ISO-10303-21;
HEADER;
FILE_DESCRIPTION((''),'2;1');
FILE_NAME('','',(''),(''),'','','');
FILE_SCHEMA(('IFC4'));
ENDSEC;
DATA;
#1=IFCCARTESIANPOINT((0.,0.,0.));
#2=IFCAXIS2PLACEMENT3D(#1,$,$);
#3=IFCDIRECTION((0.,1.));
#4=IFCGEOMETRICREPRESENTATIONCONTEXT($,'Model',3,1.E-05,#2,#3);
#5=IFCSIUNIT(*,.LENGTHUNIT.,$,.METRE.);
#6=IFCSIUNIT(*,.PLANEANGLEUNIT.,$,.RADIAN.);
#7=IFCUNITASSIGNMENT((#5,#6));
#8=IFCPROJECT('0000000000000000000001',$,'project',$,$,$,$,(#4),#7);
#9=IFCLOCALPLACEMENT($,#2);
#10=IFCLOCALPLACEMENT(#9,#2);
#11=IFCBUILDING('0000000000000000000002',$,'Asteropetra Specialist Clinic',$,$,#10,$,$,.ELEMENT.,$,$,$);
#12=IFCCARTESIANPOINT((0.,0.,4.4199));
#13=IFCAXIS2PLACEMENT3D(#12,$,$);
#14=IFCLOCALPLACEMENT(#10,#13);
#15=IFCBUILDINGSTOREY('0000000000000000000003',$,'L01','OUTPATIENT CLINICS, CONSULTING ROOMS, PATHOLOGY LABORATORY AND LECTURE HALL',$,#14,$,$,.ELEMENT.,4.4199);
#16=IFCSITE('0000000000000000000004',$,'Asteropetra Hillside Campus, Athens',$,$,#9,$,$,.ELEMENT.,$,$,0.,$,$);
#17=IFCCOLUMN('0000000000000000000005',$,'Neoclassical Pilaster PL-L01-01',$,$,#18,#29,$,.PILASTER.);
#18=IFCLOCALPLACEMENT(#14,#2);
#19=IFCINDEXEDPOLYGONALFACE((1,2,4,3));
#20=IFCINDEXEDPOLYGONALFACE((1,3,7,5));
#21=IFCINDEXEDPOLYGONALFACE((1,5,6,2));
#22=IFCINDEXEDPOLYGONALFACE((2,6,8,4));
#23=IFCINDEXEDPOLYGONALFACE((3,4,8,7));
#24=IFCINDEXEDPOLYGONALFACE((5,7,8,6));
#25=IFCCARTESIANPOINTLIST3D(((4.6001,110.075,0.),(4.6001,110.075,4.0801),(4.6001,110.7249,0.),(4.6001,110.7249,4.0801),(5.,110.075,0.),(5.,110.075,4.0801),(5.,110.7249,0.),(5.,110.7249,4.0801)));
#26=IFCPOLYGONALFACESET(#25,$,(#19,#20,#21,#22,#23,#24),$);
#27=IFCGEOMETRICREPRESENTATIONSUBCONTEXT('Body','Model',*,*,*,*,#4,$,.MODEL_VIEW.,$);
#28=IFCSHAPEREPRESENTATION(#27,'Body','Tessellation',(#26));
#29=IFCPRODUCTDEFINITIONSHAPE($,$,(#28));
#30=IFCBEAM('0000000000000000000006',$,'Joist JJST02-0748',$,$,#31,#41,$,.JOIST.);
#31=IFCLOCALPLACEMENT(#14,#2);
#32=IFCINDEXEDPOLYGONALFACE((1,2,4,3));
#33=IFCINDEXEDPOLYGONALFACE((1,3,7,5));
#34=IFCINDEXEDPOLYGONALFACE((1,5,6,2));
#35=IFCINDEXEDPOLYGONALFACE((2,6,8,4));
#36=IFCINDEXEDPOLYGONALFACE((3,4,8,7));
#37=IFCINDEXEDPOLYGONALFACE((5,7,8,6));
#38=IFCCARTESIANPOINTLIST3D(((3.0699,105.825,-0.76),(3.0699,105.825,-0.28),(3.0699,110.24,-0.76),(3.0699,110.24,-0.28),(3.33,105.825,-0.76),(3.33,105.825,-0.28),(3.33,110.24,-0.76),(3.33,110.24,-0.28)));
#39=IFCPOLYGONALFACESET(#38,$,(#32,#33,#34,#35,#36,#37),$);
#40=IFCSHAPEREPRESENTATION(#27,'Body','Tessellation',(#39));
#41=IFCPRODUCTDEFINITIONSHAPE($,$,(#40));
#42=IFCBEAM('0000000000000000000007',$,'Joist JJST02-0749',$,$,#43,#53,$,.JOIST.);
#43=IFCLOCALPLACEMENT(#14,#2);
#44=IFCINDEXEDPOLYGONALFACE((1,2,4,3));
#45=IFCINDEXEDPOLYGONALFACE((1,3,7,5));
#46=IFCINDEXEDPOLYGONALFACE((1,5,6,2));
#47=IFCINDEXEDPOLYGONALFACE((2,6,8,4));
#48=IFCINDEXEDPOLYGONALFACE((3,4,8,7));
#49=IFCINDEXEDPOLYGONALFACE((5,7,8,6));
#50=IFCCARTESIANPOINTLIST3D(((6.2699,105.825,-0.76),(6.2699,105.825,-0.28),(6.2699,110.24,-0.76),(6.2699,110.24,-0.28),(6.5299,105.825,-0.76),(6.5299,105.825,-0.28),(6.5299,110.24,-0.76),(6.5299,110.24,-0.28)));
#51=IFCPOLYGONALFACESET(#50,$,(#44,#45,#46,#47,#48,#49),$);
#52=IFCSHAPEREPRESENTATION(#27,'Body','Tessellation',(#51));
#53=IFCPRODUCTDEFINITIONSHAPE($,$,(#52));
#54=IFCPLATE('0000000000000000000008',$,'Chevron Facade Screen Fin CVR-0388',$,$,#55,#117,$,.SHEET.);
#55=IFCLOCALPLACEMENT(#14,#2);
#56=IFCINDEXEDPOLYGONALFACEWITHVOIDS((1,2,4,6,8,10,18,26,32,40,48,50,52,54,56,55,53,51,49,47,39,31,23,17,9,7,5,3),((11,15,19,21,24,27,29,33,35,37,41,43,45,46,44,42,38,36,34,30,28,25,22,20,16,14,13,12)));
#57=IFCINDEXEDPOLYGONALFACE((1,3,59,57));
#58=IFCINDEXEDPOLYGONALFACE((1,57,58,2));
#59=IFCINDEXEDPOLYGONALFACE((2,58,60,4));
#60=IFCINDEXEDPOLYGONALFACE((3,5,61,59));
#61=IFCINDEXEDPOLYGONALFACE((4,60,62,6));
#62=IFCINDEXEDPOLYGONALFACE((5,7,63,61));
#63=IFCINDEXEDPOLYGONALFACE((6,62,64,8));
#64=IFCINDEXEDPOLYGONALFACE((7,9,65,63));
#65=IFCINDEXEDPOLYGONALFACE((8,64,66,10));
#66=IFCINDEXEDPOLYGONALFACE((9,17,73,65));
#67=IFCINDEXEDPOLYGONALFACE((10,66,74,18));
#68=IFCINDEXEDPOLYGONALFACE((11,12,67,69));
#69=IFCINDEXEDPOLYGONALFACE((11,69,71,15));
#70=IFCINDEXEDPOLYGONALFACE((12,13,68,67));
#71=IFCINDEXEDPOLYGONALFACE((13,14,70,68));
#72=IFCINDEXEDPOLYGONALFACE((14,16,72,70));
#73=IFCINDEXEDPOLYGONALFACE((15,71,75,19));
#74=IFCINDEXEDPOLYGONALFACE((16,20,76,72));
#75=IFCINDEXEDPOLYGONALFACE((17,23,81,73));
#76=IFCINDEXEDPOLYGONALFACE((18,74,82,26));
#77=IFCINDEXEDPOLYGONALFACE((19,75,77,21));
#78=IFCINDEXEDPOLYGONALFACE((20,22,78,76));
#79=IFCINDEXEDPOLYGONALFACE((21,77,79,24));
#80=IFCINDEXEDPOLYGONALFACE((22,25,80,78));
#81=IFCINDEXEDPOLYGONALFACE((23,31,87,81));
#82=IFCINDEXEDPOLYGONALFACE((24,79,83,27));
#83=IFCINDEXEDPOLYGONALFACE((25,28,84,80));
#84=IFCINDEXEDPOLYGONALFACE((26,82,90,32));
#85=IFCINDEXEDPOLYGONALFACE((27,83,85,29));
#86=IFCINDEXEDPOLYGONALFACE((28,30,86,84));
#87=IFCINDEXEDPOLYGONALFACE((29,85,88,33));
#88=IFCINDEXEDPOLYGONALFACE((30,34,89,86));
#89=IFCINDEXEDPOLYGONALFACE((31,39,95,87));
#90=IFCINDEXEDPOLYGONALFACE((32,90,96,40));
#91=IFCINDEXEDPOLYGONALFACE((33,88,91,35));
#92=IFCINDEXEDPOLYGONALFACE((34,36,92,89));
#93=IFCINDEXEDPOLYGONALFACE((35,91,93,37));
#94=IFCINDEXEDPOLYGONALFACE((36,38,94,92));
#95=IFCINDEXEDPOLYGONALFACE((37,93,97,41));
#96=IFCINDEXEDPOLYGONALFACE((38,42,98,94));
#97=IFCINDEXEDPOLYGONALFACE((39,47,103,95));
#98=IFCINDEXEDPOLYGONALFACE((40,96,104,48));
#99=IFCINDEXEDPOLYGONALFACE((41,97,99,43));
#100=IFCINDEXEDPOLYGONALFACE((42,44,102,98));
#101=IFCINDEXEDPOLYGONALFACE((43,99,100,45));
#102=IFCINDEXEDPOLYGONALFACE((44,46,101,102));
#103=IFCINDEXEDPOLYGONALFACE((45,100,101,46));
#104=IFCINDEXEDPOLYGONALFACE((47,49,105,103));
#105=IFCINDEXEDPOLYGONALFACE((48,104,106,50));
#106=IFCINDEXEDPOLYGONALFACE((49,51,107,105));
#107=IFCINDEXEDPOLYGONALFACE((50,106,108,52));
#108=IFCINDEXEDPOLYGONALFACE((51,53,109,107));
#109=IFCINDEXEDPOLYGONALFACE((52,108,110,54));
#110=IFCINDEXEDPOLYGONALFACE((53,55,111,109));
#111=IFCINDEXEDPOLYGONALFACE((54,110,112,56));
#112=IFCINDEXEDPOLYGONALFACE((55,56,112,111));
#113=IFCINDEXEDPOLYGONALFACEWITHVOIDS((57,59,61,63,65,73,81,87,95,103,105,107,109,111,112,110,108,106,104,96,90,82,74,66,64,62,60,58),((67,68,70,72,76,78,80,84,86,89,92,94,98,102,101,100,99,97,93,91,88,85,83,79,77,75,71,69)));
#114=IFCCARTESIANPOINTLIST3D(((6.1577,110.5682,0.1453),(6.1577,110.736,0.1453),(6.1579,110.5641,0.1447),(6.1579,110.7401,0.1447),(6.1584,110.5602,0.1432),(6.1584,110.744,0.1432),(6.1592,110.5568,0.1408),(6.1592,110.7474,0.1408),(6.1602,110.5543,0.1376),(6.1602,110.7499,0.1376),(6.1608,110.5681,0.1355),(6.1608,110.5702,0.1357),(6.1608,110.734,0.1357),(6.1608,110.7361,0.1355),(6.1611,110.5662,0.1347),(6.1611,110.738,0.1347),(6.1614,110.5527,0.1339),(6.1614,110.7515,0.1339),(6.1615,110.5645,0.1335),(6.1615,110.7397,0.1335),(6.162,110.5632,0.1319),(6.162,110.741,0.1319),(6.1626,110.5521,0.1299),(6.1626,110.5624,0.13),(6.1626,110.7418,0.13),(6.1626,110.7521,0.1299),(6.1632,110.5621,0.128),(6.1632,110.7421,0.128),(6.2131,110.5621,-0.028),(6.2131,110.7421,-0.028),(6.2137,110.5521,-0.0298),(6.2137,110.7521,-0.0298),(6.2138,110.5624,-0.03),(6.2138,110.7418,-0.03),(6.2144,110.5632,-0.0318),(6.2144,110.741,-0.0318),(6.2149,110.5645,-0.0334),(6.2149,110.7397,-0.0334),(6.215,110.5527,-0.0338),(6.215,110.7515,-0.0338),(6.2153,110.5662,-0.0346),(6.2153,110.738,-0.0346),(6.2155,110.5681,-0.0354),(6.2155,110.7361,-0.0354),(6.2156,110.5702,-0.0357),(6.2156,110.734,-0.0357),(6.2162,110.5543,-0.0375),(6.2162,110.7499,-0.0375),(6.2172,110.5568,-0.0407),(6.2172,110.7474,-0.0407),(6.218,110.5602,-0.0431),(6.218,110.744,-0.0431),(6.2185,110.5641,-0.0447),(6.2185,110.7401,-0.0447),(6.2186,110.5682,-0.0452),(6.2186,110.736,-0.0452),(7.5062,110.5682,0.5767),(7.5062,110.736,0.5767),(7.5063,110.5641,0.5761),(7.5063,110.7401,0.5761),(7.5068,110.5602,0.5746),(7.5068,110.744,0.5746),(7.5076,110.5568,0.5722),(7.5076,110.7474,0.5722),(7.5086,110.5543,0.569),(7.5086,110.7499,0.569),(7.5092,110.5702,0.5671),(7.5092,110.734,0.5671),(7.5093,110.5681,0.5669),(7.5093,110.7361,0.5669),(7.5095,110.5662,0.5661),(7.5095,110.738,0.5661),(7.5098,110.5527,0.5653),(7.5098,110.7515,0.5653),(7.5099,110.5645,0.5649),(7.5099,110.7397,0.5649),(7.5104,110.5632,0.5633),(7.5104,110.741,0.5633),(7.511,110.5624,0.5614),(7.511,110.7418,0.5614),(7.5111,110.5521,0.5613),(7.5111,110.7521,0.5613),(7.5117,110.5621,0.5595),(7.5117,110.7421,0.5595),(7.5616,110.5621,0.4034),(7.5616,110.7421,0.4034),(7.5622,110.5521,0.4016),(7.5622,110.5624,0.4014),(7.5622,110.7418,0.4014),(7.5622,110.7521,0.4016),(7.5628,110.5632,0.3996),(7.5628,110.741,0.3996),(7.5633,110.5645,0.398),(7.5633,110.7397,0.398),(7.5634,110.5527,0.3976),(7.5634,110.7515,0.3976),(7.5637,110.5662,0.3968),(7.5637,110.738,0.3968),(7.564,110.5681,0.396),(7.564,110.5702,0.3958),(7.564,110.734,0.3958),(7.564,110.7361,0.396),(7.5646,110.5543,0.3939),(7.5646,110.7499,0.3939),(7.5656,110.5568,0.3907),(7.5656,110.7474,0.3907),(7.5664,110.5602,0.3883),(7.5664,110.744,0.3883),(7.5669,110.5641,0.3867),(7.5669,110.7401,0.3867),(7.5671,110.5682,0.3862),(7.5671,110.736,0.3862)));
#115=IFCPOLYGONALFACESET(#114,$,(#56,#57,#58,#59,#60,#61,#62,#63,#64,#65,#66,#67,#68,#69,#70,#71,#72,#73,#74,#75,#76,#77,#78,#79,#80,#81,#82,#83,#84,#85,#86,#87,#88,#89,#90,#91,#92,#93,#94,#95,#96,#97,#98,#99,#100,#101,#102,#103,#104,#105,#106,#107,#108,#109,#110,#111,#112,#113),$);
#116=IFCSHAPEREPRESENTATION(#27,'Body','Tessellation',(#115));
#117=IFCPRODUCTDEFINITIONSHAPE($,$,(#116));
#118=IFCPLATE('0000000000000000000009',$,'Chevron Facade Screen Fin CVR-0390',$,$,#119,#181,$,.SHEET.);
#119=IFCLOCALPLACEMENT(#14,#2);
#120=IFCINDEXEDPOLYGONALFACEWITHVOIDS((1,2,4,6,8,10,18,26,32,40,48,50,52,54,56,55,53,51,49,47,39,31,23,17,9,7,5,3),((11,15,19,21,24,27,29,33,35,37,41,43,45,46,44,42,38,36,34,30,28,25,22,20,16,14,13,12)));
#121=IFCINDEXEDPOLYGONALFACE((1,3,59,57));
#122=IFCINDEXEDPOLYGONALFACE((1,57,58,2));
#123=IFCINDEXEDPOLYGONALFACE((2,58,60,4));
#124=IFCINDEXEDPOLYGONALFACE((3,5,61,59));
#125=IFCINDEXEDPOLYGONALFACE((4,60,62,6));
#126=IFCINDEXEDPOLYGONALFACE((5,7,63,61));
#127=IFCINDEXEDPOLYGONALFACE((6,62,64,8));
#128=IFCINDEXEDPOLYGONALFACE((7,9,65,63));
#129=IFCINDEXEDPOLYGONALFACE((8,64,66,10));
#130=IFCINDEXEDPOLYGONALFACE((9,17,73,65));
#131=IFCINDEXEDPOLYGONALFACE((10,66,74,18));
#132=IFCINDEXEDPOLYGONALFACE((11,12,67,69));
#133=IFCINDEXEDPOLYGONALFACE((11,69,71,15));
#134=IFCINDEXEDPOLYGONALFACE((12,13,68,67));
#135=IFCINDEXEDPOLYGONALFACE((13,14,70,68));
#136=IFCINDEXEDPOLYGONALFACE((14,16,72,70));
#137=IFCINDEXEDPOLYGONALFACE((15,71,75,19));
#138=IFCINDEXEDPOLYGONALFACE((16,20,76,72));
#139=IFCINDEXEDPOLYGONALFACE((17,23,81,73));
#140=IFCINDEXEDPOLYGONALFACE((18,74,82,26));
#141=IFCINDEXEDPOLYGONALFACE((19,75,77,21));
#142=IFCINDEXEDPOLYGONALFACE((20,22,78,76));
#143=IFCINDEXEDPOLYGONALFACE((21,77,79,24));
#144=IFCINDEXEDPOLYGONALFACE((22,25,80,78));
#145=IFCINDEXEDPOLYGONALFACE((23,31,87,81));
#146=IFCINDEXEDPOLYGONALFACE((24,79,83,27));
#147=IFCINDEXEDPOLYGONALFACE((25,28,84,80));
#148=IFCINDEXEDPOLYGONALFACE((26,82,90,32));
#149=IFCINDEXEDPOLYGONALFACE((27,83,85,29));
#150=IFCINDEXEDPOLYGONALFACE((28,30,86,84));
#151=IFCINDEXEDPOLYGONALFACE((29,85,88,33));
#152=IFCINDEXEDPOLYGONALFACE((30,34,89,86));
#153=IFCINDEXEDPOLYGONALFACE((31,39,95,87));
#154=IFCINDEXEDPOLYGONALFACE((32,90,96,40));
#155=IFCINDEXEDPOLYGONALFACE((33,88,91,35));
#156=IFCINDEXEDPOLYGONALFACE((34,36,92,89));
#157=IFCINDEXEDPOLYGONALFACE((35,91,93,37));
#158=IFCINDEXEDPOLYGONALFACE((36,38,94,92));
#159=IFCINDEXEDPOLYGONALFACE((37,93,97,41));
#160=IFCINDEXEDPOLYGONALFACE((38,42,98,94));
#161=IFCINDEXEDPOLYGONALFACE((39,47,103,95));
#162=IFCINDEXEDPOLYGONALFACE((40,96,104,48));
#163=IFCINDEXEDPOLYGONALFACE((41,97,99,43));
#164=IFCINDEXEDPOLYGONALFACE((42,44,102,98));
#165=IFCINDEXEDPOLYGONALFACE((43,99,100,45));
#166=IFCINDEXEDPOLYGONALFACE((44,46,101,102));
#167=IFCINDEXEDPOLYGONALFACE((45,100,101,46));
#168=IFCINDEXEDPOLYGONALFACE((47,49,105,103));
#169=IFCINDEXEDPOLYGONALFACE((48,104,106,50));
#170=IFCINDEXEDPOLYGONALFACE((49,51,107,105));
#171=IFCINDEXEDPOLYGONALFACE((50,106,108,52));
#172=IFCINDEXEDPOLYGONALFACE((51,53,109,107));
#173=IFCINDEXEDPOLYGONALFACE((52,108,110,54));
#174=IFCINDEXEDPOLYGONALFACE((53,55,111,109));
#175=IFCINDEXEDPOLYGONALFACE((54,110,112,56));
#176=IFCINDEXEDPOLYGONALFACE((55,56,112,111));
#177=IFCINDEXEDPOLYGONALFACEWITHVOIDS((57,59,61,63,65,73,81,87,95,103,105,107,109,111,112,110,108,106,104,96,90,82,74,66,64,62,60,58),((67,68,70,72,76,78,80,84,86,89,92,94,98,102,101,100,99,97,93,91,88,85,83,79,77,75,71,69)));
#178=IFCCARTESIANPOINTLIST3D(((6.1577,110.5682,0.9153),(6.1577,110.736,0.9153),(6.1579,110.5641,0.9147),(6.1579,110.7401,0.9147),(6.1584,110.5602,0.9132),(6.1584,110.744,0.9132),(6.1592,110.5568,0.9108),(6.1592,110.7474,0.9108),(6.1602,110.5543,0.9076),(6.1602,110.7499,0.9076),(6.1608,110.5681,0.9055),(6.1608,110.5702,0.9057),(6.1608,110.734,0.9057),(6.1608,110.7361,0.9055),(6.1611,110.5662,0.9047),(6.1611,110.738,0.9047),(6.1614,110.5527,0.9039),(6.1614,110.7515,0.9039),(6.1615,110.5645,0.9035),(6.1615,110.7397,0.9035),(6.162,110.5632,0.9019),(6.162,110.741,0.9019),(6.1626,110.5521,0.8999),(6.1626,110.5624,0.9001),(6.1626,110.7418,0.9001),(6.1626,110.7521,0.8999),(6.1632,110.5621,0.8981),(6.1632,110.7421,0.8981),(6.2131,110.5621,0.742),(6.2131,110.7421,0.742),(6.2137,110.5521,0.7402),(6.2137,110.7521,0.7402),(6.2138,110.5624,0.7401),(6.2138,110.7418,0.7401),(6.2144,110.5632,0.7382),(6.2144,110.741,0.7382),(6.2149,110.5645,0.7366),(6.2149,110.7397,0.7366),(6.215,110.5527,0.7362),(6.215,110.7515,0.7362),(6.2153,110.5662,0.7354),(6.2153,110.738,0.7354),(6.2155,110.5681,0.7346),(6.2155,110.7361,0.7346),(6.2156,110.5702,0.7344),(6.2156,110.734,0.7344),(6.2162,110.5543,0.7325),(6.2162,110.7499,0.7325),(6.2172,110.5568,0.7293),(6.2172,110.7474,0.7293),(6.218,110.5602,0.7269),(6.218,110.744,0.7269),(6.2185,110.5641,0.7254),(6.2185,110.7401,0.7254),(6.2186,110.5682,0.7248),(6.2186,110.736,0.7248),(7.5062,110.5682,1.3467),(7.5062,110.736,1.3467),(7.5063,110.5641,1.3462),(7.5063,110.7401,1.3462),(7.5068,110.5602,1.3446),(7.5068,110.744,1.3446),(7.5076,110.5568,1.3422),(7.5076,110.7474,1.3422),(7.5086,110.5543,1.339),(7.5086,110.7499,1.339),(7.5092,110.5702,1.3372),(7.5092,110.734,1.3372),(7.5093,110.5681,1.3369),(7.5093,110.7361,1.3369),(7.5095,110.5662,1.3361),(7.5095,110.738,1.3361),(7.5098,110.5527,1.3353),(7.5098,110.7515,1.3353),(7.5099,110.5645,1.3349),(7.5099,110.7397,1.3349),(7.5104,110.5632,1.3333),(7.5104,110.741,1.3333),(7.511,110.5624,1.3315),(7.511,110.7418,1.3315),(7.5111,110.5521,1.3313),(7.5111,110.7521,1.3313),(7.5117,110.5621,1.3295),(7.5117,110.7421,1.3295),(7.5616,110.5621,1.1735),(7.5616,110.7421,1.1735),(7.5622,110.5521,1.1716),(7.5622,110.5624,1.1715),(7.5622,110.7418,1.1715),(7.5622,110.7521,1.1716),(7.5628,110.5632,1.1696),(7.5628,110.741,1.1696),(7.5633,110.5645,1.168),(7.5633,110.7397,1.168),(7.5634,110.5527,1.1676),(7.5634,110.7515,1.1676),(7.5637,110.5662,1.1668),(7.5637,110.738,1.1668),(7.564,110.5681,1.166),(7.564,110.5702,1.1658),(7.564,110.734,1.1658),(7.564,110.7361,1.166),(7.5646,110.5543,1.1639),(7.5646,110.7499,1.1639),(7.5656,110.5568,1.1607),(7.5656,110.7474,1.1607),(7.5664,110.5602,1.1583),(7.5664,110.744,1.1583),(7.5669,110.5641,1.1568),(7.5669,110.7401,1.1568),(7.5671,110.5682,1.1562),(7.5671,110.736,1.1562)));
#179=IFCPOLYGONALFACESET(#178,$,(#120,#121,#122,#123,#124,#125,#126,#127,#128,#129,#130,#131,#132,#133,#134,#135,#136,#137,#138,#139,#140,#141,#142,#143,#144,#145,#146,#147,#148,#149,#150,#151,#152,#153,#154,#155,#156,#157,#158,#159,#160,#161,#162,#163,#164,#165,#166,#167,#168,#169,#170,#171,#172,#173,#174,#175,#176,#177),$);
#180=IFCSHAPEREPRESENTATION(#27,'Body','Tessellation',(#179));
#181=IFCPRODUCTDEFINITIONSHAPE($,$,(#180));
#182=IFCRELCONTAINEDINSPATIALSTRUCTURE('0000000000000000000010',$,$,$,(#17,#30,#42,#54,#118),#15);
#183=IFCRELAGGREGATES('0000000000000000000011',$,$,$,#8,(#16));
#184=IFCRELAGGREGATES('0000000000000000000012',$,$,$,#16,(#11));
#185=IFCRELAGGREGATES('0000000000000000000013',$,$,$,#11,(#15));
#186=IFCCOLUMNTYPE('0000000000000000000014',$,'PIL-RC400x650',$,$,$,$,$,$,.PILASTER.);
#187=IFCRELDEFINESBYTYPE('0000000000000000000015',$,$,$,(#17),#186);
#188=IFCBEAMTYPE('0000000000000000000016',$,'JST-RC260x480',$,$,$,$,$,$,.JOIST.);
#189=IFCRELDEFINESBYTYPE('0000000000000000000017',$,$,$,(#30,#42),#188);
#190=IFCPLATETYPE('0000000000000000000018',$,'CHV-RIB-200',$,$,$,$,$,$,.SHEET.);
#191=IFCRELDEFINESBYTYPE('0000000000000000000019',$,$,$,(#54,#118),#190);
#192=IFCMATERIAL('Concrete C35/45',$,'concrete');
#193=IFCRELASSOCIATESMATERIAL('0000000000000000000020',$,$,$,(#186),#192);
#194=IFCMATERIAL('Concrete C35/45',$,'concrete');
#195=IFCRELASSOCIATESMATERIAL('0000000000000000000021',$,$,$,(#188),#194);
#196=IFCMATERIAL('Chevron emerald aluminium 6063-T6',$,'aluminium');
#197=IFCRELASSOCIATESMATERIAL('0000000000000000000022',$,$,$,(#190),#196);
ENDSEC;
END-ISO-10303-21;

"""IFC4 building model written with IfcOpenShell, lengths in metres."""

from ifc_helpers import new_model, si_unit, direction, frame, origin, origin_2d, place, context, subcontext, project, spatial, rectangle, hollow_rectangle, extrude, material, material_profile, profile_set, type_object, element, save


model = new_model("IFC4")

# Units and contexts
model_context = context("Model", 3, precision=1e-05, world=origin(), true_north=direction((0.0, 1.0)))
body_context = subcontext(model_context, "Body", "Model", "MODEL_VIEW")
ifc_project = project(units=[si_unit("LENGTHUNIT", "METRE"), si_unit("PLANEANGLEUNIT", "RADIAN")], contexts=[model_context])

# Site, building, storey
site_placement = place(None, origin())
site = spatial("IfcSite", under=ifc_project, at=site_placement, Name="Asteropetra Hillside Campus, Athens", CompositionType="ELEMENT", RefElevation=0.0)
building_placement = place(site_placement, origin())
building = spatial("IfcBuilding", under=site, at=building_placement, Name="Asteropetra Specialist Clinic", CompositionType="ELEMENT")
storey_placement = place(building_placement, frame((0.0, 0.0, 4.4199)))
storey = spatial("IfcBuildingStorey", under=building, at=storey_placement, Name="L01", Description="OUTPATIENT CLINICS, CONSULTING ROOMS, PATHOLOGY LABORATORY AND LECTURE HALL", CompositionType="ELEMENT", Elevation=4.4199)

# Column
ifc_material_1 = material(Name="Concrete C35/45", Category="concrete")
ifc_material_profile_1 = material_profile(ifc_material_1, rectangle(XDim=0.3999, YDim=0.6499, at=origin_2d()), Name="PIL 400x650")
ifc_profile_set_1 = profile_set([ifc_material_profile_1], Name="Concrete C35/45")
column_type = type_object("IfcColumnType", Name="PIL-RC400x650", PredefinedType="PILASTER", material=ifc_profile_set_1)
column_placement = place(storey_placement, frame((4.8, 110.3999, 0.0), z_axis=(0.0, 0.0, 1.0), x_axis=(1.0, 0.0, 0.0)))
element("IfcColumn", 1, at=column_placement, inside=storey, type_object=column_type, Name="Neoclassical Pilaster PL-L01-01", PredefinedType="PILASTER", context=body_context, shape_type="SweptSolid", body=[
    extrude(rectangle(XDim=0.3999, YDim=0.6499, at=origin_2d()), origin(), (0.0, 0.0, 1.0), 4.0801),
])

# Beams
ifc_material_2 = material(Name="Concrete C35/45", Category="concrete")
ifc_material_profile_2 = material_profile(ifc_material_2, rectangle(XDim=0.26, YDim=0.48, at=origin_2d()), Name="RCJ 260x480")
ifc_profile_set_2 = profile_set([ifc_material_profile_2], Name="Concrete C35/45")
beam_type = type_object("IfcBeamType", Name="JST-RC260x480", PredefinedType="JOIST", material=ifc_profile_set_2)
for number, where, z_axis, x_axis, name in (
    (2, (3.2, 105.825, -0.52), (0.0, 1.0, 0.0), (-1.0, 0.0, 0.0), "Joist JJST02-0748"),
    (3, (6.3999, 105.825, -0.52), (0.0, 1.0, 0.0), (-1.0, 0.0, 0.0), "Joist JJST02-0749"),
):
    element("IfcBeam", number, at=place(storey_placement, frame(where, z_axis=z_axis, x_axis=x_axis)), inside=storey, type_object=beam_type, Name=name, PredefinedType="JOIST", context=body_context, shape_type="SweptSolid", body=[
        extrude(rectangle(XDim=0.26, YDim=0.48, at=origin_2d()), origin(), (0.0, 0.0, 1.0), 4.415),
    ])

# Plates
ifc_material_3 = material(Name="Chevron emerald aluminium 6063-T6", Category="aluminium")
ifc_material_profile_3 = material_profile(ifc_material_3, hollow_rectangle(XDim=0.2, YDim=0.2, WallThickness=0.01, InnerFilletRadius=0.0081, OuterFilletRadius=0.0161, at=origin_2d()), Name="SHS 200x200x10.0")
ifc_profile_set_3 = profile_set([ifc_material_profile_3], Name="Chevron emerald aluminium 6063-T6")
plate_type_1 = type_object("IfcPlateType", Name="CHV-RIB-200", PredefinedType="SHEET", material=ifc_profile_set_3)
for number, where, z_axis, x_axis, name in (
    (4, (7.5366, 110.6521, 0.4814), (-0.952442, 0.0, -0.304719), (0.0, -1.0, 0.0), "Chevron Facade Screen Fin CVR-0388"),
    (5, (7.5366, 110.6521, 1.2515), (-0.952442, 0.0, -0.304719), (0.0, -1.0, 0.0), "Chevron Facade Screen Fin CVR-0390"),
):
    element("IfcPlate", number, at=place(storey_placement, frame(where, z_axis=z_axis, x_axis=x_axis)), inside=storey, type_object=plate_type_1, Name=name, PredefinedType="SHEET", context=body_context, shape_type="SweptSolid", body=[
        extrude(hollow_rectangle(XDim=0.2, YDim=0.2, WallThickness=0.01, InnerFilletRadius=0.0081, OuterFilletRadius=0.0161, at=origin_2d()), origin(), (0.0, 0.0, 1.0), 1.4158),
    ])

save(model, "model.ifc")
